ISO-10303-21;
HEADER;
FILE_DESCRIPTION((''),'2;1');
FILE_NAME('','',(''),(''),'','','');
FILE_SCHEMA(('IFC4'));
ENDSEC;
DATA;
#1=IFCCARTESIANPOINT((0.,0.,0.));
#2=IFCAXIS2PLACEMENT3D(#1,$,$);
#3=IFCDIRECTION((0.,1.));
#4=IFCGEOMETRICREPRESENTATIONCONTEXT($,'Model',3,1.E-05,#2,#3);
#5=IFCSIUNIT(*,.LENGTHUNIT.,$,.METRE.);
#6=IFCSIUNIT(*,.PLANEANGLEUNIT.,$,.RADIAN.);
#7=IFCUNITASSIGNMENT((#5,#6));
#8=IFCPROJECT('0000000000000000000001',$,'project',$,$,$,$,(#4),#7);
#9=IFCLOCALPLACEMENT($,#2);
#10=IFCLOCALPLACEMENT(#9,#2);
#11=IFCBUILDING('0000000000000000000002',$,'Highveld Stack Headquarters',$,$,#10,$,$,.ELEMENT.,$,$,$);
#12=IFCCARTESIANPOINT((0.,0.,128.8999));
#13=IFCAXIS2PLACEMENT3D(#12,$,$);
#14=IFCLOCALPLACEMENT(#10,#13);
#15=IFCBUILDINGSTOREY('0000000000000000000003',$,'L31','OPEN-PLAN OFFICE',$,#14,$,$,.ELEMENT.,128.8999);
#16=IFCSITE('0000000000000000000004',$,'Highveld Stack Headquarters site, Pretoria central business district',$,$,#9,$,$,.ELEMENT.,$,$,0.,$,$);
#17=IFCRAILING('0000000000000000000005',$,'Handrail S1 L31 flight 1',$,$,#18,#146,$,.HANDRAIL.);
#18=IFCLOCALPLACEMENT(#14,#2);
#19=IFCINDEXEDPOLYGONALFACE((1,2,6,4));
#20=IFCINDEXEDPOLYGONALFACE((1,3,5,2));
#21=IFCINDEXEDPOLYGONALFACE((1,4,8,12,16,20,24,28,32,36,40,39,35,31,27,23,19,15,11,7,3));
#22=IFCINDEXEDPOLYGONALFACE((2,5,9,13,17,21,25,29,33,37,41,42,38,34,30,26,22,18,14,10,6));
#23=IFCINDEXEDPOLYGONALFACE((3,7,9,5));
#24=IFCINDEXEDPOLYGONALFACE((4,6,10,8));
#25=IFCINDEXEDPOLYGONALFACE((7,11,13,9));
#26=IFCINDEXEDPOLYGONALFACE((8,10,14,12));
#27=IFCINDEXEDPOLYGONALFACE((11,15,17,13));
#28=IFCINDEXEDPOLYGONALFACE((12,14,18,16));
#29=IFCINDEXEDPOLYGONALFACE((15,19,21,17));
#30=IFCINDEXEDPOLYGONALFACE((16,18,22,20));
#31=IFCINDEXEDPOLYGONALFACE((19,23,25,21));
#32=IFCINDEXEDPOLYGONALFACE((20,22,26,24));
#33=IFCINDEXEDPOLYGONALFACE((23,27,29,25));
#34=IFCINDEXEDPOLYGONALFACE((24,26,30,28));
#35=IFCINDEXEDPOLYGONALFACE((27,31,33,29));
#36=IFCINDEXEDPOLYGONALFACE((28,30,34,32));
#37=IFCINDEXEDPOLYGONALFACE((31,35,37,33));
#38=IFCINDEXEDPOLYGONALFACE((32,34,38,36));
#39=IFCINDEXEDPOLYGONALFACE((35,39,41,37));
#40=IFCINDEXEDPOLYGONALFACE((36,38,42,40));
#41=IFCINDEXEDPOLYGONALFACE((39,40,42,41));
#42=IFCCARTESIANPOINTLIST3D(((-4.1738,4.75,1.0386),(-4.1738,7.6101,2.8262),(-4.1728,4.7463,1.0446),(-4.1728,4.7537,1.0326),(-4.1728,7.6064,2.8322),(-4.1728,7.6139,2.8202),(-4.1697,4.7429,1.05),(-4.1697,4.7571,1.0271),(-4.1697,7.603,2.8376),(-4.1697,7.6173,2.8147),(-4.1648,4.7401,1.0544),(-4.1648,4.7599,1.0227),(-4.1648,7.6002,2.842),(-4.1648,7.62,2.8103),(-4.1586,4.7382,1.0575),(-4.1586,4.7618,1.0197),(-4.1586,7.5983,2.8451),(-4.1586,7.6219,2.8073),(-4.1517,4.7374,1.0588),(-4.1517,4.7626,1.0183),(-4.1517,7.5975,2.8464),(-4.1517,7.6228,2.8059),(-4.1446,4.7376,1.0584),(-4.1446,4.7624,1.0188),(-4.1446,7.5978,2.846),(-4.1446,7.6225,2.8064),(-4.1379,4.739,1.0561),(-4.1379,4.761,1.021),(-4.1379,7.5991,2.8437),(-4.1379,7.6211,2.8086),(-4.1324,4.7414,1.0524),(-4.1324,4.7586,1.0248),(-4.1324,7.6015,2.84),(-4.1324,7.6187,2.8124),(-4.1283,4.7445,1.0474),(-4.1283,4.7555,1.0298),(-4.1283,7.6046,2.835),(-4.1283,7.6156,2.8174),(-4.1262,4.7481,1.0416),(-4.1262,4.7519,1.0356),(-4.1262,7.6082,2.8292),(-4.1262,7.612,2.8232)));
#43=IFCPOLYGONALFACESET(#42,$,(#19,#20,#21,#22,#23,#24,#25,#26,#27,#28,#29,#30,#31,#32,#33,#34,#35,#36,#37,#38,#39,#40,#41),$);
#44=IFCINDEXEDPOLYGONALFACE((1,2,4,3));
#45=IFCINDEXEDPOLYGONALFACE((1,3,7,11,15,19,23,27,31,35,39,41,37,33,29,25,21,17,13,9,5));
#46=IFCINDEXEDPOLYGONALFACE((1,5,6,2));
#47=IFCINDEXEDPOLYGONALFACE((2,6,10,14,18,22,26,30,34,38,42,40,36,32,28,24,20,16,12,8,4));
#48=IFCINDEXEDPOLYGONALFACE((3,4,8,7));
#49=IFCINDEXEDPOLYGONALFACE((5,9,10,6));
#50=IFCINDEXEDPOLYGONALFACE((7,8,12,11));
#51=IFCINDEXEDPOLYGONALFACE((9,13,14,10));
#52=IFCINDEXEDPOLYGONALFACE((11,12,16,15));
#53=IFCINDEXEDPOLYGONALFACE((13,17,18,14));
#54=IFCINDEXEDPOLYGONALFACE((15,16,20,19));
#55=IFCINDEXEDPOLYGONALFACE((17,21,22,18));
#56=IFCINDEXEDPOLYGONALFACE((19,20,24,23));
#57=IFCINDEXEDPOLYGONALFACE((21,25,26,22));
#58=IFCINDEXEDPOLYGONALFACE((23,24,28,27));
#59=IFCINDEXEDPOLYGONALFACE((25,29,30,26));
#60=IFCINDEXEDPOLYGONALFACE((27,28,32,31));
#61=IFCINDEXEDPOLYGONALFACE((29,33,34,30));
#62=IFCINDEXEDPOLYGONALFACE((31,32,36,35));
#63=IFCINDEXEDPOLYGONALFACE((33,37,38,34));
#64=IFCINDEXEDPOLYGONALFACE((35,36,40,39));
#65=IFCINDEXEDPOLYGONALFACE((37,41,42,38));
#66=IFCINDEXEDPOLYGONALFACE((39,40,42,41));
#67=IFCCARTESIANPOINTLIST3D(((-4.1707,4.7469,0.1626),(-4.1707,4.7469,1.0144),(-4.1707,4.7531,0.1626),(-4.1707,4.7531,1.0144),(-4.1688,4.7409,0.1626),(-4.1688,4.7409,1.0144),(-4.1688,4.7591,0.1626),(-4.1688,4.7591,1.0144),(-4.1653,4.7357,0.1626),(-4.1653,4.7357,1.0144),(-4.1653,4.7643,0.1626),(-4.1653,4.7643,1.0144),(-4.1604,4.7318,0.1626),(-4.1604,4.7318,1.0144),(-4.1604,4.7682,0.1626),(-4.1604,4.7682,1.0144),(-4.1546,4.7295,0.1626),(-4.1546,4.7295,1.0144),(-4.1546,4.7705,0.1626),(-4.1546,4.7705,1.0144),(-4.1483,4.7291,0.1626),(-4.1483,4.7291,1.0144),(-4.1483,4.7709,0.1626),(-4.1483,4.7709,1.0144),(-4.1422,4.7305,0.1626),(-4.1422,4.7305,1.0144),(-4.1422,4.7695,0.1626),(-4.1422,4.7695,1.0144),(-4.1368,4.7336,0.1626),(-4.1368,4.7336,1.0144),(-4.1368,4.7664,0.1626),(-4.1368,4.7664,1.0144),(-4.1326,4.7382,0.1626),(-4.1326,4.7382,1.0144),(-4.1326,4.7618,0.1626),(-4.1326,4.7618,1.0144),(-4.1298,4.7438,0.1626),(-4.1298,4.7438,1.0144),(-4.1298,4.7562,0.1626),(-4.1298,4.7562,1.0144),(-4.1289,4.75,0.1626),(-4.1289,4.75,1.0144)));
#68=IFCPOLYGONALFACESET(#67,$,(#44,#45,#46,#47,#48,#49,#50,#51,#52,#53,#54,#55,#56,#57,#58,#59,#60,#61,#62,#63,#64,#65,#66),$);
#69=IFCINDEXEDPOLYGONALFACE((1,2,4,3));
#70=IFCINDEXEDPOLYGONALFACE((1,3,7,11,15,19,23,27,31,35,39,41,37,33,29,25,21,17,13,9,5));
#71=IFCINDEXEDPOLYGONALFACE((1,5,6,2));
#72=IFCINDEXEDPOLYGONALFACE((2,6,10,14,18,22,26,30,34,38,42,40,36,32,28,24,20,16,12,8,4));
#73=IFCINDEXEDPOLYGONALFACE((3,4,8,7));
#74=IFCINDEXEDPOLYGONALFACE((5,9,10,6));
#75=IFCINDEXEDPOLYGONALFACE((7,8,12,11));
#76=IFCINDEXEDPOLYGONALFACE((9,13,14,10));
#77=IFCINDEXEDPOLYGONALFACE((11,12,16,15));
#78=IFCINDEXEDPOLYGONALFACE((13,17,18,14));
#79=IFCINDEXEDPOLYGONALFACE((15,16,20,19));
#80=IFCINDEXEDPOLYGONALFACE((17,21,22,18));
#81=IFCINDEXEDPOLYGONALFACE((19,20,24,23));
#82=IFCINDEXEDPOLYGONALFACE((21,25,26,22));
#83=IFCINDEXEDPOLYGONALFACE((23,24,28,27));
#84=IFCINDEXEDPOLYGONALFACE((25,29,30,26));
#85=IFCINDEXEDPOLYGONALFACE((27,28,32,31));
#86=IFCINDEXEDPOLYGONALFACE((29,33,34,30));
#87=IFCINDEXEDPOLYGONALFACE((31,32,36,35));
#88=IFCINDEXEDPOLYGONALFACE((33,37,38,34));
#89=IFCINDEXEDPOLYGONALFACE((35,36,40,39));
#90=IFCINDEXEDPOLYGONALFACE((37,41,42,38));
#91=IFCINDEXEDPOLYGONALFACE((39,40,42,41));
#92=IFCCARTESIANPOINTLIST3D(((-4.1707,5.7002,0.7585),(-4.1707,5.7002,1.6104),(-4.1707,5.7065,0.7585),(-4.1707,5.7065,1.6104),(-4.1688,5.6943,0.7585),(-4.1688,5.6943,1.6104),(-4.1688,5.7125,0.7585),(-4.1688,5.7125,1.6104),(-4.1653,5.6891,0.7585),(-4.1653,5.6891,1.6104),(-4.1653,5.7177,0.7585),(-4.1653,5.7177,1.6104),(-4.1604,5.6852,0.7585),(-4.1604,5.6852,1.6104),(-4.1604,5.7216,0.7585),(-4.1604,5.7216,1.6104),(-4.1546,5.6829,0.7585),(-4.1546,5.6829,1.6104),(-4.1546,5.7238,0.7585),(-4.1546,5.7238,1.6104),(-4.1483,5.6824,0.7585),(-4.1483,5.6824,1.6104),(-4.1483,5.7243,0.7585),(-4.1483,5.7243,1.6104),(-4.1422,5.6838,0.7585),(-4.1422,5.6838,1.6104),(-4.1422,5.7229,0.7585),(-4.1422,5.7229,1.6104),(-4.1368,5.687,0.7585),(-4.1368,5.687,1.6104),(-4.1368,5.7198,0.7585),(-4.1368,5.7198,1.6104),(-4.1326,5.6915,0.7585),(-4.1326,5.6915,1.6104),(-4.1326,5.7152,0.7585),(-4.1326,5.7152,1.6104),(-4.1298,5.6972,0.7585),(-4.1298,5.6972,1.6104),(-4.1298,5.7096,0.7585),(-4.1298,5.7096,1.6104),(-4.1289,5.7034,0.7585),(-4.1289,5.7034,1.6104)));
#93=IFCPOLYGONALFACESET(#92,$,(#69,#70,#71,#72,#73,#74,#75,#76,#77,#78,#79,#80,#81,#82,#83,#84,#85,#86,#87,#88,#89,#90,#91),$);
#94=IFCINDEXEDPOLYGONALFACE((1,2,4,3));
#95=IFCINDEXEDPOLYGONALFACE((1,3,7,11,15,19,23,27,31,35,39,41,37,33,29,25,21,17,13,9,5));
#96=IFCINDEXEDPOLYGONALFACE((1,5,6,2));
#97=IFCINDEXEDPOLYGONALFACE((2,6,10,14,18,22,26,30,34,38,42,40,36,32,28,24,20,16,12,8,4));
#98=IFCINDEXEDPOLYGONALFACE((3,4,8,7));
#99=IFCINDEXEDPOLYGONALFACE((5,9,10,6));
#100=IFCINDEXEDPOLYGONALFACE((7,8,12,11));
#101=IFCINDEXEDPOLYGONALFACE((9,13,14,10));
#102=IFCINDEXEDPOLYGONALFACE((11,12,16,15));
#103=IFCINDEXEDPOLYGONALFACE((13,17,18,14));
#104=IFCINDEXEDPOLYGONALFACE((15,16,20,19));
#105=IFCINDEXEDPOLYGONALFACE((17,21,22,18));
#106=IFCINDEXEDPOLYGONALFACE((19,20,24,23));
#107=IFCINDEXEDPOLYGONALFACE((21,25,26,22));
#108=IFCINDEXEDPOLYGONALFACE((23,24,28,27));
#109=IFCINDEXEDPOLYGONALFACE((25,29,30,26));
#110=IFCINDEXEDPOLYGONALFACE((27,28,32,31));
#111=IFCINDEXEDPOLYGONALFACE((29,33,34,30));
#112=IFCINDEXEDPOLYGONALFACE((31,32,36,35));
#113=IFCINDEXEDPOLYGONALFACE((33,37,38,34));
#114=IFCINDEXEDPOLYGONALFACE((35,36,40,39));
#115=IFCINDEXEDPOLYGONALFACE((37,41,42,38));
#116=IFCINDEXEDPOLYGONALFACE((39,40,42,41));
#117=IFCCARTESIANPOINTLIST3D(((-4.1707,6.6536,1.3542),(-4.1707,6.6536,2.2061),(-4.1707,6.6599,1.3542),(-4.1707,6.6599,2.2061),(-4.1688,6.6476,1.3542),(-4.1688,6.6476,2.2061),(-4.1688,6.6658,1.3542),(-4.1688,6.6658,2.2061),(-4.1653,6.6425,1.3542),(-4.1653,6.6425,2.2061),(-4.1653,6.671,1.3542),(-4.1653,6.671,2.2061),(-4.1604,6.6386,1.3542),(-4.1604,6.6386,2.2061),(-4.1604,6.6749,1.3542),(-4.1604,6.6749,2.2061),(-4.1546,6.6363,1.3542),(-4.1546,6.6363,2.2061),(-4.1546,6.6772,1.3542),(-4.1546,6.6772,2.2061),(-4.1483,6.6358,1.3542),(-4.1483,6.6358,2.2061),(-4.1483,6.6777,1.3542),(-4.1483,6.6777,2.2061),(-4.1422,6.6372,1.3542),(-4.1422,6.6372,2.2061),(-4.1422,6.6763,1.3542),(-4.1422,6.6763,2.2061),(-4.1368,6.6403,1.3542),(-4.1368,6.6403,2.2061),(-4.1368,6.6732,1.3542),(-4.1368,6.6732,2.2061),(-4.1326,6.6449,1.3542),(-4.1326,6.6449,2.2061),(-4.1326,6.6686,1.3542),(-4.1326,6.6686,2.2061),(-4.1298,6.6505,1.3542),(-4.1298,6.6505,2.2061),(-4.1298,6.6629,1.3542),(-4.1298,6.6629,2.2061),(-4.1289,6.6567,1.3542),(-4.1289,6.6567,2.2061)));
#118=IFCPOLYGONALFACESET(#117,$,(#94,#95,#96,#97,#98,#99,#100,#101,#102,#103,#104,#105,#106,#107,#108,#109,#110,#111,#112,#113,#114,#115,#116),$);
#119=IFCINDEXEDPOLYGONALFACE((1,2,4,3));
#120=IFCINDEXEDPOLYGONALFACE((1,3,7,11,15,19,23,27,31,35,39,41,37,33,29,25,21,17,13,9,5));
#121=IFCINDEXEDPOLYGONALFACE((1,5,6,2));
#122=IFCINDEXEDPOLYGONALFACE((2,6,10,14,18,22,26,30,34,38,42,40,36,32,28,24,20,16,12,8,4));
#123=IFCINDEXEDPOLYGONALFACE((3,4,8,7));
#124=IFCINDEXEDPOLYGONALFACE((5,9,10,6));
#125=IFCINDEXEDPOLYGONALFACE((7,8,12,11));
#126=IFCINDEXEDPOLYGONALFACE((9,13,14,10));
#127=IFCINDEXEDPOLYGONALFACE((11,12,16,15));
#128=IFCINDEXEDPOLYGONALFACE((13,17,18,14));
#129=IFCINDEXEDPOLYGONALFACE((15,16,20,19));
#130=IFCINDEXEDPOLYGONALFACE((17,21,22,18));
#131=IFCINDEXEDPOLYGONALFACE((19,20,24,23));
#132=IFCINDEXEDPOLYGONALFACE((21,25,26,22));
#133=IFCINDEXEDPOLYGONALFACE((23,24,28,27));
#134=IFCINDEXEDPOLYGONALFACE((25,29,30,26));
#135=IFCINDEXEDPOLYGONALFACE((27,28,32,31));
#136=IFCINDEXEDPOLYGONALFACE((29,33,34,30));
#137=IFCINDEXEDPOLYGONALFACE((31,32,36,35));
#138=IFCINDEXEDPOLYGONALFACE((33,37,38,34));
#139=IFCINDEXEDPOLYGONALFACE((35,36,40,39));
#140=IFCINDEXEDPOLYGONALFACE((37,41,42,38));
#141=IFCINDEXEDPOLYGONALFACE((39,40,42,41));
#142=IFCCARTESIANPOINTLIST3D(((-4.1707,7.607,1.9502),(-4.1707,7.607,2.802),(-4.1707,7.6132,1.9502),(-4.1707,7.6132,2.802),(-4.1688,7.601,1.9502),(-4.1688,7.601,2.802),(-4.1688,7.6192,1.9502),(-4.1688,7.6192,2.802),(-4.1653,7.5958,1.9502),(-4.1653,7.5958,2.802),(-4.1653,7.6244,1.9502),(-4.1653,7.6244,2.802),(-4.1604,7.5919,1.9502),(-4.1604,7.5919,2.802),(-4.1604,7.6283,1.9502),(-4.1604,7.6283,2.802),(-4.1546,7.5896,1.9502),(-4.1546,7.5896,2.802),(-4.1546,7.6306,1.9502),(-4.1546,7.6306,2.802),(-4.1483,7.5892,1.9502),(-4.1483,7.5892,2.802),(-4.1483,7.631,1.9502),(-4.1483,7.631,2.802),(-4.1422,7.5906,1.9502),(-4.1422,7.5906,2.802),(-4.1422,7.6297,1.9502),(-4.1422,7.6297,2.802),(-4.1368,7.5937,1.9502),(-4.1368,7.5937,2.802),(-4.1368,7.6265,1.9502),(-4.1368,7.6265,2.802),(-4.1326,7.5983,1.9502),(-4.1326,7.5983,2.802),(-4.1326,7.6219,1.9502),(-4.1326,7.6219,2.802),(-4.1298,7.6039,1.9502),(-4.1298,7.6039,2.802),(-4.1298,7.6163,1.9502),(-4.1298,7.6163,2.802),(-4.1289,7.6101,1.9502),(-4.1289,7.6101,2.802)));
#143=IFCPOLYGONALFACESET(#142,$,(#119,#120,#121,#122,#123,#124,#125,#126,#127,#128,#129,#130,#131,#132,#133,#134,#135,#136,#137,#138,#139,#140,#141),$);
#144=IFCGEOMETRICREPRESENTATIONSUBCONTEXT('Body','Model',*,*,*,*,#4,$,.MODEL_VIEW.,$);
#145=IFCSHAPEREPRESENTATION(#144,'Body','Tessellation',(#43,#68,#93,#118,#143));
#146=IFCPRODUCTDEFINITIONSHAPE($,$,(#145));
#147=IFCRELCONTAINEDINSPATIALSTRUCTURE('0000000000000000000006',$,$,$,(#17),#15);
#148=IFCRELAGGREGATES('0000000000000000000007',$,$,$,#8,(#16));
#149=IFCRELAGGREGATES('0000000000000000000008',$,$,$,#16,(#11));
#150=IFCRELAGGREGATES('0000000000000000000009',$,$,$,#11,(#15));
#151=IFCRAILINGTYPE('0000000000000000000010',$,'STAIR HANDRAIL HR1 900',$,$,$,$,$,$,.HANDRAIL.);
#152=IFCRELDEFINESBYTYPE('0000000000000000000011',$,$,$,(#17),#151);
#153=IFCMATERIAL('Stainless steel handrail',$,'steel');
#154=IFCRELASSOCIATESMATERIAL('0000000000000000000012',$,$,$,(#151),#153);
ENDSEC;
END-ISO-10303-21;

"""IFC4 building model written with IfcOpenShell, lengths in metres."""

from ifc_helpers import new_model, si_unit, direction, frame, origin, origin_2d, place, context, subcontext, project, spatial, circle, extrude, material, type_object, element, save


model = new_model("IFC4")

# Units and contexts
model_context = context("Model", 3, precision=1e-05, world=origin(), true_north=direction((0.0, 1.0)))
body_context = subcontext(model_context, "Body", "Model", "MODEL_VIEW")
ifc_project = project(units=[si_unit("LENGTHUNIT", "METRE"), si_unit("PLANEANGLEUNIT", "RADIAN")], contexts=[model_context])

# Site, building, storey
site_placement = place(None, origin())
site = spatial("IfcSite", under=ifc_project, at=site_placement, Name="Highveld Stack Headquarters site, Pretoria central business district", CompositionType="ELEMENT", RefElevation=0.0)
building_placement = place(site_placement, origin())
building = spatial("IfcBuilding", under=site, at=building_placement, Name="Highveld Stack Headquarters", CompositionType="ELEMENT")
storey_placement = place(building_placement, frame((0.0, 0.0, 128.8999)))
storey = spatial("IfcBuildingStorey", under=building, at=storey_placement, Name="L31", Description="OPEN-PLAN OFFICE", CompositionType="ELEMENT", Elevation=128.8999)

# Railing
ifc_material_1 = material(Name="Stainless steel handrail", Category="steel")
railing_type = type_object("IfcRailingType", Name="STAIR HANDRAIL HR1 900", PredefinedType="HANDRAIL", material=ifc_material_1)
for number, where, name in (
    (1, (-4.1499, 4.75, 0.1626), "Handrail S1 L31 flight 1"),
):
    element("IfcRailing", number, at=place(storey_placement, frame(where)), inside=storey, type_object=railing_type, Name=name, PredefinedType="HANDRAIL", context=body_context, shape_type="SweptSolid", body=[
        extrude(circle(Radius=0.0239, at=origin_2d()), frame((0.0, 0.0, 0.876), z_axis=(0.0, 0.847994, 0.530005), x_axis=(-1.0, 0.0, 0.0)), (0.0, 0.0, 1.0), 3.3728),
        extrude(circle(Radius=0.021, at=origin_2d()), origin(), (0.0, 0.0, 1.0), 0.8518),
        extrude(circle(Radius=0.021, at=origin_2d()), frame((0.0, 0.9534, 0.5959)), (0.0, 0.0, 1.0), 0.8518),
        extrude(circle(Radius=0.021, at=origin_2d()), frame((0.0, 1.9067, 1.1917)), (0.0, 0.0, 1.0), 0.8518),
        extrude(circle(Radius=0.021, at=origin_2d()), frame((0.0, 2.8601, 1.7876)), (0.0, 0.0, 1.0), 0.8518),
    ])

save(model, "model.ifc")
